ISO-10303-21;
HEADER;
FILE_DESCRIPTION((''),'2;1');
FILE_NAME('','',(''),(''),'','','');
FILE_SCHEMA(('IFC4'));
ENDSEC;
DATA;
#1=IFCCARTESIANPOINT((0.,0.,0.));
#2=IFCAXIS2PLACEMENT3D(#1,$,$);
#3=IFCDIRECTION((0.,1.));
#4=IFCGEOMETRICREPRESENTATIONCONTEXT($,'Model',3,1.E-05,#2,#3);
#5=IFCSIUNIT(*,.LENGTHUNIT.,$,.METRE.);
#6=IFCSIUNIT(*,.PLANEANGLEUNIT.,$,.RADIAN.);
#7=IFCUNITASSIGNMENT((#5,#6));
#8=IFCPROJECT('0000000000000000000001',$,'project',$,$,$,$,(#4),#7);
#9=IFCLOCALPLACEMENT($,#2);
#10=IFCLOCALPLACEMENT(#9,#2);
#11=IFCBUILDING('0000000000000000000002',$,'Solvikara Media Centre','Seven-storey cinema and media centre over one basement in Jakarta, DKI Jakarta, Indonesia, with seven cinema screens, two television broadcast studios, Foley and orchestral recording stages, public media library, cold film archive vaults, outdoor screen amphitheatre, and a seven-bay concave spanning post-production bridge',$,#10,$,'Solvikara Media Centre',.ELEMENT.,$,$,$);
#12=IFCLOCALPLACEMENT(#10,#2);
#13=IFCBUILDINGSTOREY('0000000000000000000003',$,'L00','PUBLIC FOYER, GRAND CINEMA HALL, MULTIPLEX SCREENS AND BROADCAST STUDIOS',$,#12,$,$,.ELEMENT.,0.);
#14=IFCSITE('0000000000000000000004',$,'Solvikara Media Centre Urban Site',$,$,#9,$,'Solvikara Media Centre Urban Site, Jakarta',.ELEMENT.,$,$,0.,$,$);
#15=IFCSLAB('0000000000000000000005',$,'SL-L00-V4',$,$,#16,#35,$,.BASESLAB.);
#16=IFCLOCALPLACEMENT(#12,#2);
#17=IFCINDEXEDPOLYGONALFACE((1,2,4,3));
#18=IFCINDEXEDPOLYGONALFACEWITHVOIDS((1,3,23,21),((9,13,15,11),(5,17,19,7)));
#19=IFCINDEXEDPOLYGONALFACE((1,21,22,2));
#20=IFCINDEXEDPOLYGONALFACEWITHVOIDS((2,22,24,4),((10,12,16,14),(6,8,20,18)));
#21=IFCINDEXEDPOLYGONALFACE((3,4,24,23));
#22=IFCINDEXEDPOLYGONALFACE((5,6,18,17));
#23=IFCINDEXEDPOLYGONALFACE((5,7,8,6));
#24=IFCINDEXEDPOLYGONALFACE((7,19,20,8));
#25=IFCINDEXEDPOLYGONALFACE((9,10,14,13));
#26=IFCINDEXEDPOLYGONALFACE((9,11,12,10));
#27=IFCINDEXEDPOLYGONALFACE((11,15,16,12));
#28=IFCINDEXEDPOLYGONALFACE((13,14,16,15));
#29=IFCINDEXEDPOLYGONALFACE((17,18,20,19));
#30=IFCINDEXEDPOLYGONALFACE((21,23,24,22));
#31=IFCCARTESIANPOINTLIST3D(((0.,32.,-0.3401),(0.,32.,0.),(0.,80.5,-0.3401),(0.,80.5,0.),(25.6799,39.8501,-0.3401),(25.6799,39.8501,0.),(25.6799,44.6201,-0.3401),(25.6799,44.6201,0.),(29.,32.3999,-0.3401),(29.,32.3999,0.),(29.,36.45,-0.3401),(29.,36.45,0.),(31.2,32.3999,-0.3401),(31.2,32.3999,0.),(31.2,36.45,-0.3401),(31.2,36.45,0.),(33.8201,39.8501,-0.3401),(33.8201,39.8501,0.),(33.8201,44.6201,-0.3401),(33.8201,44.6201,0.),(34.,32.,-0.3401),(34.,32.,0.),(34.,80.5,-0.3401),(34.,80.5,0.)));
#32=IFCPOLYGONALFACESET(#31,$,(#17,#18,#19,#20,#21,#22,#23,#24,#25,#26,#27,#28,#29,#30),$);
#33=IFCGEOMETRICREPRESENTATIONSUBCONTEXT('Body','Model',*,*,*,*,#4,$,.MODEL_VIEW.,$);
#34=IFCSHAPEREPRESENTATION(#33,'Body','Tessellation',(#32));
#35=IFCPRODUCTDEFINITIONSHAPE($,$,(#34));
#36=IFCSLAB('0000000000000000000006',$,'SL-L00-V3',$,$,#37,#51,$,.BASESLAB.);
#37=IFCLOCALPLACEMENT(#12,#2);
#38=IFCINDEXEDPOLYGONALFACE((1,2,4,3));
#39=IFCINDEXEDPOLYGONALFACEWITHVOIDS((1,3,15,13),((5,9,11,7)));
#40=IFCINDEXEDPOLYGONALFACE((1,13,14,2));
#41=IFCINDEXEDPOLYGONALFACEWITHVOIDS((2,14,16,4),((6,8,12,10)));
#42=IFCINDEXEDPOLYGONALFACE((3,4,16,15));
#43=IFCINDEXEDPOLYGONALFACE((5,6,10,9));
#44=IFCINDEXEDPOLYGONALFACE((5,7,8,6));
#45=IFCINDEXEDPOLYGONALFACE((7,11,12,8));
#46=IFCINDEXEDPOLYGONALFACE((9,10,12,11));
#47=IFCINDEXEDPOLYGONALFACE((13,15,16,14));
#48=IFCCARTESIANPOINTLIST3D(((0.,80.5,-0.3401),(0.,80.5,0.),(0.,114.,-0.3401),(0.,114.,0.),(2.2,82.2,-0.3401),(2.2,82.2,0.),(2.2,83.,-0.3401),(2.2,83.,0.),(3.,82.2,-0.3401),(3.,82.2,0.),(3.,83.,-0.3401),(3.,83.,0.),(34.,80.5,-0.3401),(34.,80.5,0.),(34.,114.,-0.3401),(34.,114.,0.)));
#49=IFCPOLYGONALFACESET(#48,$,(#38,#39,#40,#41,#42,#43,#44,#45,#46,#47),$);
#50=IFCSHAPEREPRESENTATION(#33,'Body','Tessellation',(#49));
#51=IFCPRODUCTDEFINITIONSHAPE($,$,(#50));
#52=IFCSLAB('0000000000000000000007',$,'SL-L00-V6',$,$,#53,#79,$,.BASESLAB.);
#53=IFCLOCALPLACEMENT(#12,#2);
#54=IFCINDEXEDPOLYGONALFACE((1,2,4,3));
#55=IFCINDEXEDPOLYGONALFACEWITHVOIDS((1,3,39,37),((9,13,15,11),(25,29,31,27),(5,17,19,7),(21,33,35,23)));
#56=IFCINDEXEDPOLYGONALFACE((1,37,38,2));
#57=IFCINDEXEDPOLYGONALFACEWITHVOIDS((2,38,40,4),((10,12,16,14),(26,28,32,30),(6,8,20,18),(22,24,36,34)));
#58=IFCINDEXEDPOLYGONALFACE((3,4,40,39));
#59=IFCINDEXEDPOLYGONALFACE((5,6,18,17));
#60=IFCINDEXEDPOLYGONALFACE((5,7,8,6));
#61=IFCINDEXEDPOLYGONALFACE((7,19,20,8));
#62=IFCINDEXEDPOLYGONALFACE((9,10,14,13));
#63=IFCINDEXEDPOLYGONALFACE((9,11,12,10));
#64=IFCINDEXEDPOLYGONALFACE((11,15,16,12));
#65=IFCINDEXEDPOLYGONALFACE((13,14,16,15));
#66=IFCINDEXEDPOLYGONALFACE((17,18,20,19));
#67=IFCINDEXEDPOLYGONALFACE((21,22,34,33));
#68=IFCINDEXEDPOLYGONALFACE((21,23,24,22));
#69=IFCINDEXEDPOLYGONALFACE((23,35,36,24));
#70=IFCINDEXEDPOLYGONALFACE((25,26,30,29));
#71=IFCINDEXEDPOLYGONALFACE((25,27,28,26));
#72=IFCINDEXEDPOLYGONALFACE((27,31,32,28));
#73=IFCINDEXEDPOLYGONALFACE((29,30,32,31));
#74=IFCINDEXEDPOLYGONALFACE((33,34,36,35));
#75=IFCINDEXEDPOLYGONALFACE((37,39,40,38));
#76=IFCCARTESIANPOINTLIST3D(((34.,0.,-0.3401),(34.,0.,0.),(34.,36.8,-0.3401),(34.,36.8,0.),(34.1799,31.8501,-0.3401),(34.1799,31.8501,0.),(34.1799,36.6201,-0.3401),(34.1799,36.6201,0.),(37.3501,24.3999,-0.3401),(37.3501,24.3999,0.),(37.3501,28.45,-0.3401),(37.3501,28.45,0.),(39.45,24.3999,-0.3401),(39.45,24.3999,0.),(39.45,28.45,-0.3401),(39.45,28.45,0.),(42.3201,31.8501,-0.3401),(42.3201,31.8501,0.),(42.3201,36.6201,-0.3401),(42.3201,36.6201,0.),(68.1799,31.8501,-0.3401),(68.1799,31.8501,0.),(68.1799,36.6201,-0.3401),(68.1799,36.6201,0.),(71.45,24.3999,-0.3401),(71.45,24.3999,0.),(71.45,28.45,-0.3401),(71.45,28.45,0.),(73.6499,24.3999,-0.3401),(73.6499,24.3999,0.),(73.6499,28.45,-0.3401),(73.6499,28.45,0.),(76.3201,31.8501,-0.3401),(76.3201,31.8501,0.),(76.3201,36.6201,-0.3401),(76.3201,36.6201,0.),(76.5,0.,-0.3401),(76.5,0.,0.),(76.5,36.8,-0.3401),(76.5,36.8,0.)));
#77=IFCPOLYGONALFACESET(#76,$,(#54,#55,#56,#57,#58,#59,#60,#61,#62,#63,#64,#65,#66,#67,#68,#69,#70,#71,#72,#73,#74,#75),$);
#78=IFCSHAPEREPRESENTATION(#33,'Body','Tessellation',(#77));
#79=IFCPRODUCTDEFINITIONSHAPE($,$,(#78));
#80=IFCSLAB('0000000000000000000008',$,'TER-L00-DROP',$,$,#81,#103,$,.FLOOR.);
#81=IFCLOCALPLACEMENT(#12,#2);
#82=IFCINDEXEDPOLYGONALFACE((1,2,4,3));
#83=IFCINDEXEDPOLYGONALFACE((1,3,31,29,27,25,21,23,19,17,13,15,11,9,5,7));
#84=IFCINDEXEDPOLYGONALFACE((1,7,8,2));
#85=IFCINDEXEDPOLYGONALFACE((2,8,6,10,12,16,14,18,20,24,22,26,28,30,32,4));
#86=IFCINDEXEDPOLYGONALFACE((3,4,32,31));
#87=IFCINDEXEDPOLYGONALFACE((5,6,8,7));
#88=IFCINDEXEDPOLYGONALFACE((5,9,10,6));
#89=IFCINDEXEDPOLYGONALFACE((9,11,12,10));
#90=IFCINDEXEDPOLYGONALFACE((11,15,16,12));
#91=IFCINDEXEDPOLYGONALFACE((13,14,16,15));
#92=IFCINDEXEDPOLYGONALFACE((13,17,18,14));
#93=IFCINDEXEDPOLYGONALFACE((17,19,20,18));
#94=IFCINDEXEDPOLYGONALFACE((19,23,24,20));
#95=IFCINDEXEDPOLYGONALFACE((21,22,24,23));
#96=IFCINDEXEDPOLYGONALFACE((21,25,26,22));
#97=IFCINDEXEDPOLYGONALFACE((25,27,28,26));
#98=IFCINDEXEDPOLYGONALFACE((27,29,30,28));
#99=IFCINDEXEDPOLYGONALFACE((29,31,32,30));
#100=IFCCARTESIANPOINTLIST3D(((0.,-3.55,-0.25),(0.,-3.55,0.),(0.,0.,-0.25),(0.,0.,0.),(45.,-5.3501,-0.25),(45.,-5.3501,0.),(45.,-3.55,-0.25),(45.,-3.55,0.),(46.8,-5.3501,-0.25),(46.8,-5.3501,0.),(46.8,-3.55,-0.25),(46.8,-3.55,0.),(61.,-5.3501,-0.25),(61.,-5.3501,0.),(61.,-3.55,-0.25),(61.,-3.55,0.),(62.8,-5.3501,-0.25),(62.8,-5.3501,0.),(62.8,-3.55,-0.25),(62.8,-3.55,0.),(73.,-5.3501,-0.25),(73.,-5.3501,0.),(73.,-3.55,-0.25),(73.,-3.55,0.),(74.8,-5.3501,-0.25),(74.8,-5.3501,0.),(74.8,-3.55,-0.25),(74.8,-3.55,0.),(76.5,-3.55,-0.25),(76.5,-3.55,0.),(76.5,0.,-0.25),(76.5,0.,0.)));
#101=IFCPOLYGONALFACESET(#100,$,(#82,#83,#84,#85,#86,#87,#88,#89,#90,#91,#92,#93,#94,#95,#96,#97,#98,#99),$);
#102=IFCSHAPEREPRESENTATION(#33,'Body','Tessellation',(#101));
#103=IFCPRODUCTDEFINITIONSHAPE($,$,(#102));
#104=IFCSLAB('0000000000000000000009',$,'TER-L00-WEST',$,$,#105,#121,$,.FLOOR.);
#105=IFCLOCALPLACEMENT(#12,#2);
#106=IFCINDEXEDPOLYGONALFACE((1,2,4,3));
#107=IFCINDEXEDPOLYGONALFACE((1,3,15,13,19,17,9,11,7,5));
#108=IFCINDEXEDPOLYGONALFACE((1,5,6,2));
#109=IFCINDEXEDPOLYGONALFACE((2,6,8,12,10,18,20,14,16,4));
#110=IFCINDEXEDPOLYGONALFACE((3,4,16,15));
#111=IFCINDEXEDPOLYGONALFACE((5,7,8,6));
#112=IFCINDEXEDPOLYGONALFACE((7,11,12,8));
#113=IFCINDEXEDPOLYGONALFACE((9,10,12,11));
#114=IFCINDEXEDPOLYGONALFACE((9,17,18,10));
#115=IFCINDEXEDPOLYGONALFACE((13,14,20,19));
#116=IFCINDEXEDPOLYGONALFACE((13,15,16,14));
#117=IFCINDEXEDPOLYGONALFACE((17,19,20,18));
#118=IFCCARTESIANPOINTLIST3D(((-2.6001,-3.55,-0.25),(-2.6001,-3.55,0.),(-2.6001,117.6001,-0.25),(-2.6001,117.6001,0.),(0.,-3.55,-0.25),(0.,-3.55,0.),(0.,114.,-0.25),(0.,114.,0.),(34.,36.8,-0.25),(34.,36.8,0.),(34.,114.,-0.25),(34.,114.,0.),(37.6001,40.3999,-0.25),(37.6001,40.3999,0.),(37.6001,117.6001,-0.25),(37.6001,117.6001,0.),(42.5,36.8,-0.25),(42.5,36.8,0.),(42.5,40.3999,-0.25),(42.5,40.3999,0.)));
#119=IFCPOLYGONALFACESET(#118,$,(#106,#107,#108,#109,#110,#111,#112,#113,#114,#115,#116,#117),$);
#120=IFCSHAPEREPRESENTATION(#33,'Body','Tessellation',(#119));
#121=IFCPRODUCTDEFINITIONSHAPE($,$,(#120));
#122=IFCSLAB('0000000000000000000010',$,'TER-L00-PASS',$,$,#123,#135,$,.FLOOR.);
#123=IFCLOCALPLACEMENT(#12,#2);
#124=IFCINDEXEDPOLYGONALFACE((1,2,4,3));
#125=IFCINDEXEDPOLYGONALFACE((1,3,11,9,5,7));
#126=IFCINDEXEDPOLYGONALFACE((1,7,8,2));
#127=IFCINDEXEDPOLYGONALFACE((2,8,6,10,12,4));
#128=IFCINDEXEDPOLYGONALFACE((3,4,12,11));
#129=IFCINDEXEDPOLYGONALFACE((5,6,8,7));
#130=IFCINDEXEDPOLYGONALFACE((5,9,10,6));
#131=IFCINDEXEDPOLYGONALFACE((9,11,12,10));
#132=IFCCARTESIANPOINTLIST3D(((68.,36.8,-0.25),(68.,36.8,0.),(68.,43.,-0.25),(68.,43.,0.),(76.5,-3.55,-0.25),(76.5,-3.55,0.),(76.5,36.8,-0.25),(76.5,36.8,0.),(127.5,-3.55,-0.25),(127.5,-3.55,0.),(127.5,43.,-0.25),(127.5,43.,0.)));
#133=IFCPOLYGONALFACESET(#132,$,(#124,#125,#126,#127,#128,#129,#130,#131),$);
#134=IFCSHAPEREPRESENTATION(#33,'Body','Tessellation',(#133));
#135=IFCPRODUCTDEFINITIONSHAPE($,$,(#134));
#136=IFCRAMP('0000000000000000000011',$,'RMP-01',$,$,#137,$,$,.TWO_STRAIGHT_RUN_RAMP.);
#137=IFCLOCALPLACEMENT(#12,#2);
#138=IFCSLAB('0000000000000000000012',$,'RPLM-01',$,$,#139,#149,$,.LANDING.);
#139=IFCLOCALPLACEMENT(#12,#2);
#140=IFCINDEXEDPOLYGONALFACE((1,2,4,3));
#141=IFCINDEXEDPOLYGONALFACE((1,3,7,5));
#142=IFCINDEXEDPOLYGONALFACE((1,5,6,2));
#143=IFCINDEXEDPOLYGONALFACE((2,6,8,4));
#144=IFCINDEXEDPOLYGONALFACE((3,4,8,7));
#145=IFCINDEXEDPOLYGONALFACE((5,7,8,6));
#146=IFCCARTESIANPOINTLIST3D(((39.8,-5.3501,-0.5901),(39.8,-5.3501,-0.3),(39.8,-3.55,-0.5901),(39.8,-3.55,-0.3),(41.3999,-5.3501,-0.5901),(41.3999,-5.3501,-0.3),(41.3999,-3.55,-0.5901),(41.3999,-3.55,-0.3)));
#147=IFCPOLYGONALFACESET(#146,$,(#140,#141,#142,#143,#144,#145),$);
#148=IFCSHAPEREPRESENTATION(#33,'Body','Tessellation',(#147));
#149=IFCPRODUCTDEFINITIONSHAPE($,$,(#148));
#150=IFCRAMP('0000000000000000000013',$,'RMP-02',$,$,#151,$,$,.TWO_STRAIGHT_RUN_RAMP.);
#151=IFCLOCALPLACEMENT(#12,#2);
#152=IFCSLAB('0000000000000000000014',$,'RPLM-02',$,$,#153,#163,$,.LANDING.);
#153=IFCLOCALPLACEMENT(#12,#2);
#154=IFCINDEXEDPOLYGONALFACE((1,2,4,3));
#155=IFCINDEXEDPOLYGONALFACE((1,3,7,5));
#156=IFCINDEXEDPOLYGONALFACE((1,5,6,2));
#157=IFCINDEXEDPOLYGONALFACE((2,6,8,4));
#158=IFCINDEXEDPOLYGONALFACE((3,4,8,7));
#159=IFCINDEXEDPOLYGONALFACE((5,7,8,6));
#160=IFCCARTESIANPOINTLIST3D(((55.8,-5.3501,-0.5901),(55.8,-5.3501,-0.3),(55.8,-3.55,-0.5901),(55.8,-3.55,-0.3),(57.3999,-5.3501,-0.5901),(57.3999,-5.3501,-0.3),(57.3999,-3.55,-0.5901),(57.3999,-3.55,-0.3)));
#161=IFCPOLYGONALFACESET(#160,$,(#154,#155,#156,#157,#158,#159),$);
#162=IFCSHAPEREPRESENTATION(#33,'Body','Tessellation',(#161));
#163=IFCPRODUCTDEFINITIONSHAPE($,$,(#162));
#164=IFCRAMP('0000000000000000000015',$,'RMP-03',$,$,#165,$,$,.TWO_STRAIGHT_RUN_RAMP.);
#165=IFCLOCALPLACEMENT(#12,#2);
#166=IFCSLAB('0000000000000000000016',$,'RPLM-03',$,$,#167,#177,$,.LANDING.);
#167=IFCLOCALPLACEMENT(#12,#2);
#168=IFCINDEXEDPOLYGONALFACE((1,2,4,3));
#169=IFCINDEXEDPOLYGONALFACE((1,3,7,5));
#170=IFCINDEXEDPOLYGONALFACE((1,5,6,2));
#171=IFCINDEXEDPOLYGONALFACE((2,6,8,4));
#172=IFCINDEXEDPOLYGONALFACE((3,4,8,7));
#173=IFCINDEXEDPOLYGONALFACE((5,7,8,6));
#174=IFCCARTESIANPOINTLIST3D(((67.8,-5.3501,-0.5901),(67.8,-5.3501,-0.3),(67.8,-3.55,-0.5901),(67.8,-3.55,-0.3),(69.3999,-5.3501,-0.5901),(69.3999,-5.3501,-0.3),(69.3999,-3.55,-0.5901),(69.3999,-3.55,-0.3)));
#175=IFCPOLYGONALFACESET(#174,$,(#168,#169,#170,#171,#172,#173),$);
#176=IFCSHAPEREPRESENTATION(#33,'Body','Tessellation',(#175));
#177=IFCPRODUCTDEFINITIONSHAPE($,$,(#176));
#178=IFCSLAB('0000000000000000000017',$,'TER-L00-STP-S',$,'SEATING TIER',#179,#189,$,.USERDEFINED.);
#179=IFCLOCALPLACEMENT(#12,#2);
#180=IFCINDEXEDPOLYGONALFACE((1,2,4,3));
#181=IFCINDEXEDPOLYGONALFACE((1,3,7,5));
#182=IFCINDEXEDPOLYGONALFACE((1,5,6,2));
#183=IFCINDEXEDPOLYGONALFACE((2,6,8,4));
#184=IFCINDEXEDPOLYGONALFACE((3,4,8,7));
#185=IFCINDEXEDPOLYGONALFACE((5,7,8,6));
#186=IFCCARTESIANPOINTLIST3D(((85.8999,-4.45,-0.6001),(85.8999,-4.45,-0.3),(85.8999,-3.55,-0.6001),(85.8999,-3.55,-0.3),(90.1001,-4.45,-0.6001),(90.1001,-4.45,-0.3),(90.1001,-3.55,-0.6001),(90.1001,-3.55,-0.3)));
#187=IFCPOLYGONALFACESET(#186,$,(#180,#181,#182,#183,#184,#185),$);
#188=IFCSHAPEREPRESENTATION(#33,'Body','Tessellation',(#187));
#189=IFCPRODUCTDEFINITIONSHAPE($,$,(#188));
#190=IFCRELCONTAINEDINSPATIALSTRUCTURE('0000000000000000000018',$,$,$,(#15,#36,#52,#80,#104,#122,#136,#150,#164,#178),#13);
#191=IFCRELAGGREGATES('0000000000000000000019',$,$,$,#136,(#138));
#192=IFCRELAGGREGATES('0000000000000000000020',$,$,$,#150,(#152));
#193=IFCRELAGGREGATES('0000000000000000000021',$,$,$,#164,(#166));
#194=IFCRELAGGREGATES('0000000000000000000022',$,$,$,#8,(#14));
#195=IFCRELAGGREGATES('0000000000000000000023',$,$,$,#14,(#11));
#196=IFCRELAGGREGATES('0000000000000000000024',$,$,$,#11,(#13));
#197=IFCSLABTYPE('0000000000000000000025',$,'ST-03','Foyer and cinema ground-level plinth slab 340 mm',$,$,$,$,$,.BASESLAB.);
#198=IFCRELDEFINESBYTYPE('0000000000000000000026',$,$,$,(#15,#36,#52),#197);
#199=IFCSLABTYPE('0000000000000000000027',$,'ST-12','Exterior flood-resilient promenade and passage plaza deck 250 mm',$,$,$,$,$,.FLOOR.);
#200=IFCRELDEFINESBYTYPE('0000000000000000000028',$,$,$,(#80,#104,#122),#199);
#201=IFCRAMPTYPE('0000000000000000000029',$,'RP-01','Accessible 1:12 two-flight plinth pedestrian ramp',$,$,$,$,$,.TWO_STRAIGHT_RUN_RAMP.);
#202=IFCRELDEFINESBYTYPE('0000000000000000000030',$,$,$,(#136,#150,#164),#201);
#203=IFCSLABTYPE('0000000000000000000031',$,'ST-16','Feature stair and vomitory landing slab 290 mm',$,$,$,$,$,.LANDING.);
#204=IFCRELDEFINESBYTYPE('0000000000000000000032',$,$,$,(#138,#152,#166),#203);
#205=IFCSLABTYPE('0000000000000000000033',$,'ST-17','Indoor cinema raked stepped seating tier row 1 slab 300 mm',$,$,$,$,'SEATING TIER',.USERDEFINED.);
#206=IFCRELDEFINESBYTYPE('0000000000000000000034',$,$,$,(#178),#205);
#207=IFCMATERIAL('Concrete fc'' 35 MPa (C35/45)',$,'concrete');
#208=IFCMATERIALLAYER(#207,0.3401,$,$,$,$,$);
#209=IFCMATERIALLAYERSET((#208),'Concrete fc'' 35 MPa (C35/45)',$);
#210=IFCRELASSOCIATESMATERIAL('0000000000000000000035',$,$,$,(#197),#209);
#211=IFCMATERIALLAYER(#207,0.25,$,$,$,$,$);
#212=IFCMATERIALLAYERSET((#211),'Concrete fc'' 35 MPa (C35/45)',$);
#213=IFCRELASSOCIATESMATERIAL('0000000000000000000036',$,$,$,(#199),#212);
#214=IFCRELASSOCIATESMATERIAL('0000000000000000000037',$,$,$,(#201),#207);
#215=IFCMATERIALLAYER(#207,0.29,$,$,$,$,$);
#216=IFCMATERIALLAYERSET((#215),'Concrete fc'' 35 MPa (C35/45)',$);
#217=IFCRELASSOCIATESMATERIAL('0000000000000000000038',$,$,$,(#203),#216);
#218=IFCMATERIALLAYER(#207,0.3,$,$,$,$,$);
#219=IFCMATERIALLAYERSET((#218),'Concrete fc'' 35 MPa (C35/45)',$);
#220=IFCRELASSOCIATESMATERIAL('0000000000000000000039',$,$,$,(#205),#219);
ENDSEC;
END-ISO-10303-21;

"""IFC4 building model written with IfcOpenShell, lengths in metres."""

from ifc_helpers import new_model, si_unit, direction, frame, origin, place, context, subcontext, project, spatial, polyline, outline, extrude, material, layer, layer_set, type_object, element, aggregate, save


model = new_model("IFC4")

# Units and contexts
model_context = context("Model", 3, precision=1e-05, world=origin(), true_north=direction((0.0, 1.0)))
body_context = subcontext(model_context, "Body", "Model", "MODEL_VIEW")
ifc_project = project(units=[si_unit("LENGTHUNIT", "METRE"), si_unit("PLANEANGLEUNIT", "RADIAN")], contexts=[model_context])

# Site, building, storey
site_placement = place(None, origin())
site = spatial("IfcSite", under=ifc_project, at=site_placement, Name="Solvikara Media Centre Urban Site", LongName="Solvikara Media Centre Urban Site, Jakarta", CompositionType="ELEMENT", RefElevation=0.0)
building_placement = place(site_placement, origin())
building = spatial("IfcBuilding", under=site, at=building_placement, Name="Solvikara Media Centre", Description="Seven-storey cinema and media centre over one basement in Jakarta, DKI Jakarta, Indonesia, with seven cinema screens, two television broadcast studios, Foley and orchestral recording stages, public media library, cold film archive vaults, outdoor screen amphitheatre, and a seven-bay concave spanning post-production bridge", LongName="Solvikara Media Centre", CompositionType="ELEMENT")
storey_placement = place(building_placement, origin())
storey = spatial("IfcBuildingStorey", under=building, at=storey_placement, Name="L00", Description="PUBLIC FOYER, GRAND CINEMA HALL, MULTIPLEX SCREENS AND BROADCAST STUDIOS", CompositionType="ELEMENT", Elevation=0.0)

# Shared definitions
ifc_material_1 = material(Name="Concrete fc' 35 MPa (C35/45)", Category="concrete")

# Slabs
ifc_layer_1 = layer(ifc_material_1, 0.3401)
ifc_layer_set_1 = layer_set([ifc_layer_1], Name="Concrete fc' 35 MPa (C35/45)")
slab_type_1 = type_object("IfcSlabType", Name="ST-03", Description="Foyer and cinema ground-level plinth slab 340 mm", PredefinedType="BASESLAB", material=ifc_layer_set_1)
slab_1_placement = place(storey_placement, frame((0.0, 0.0, -0.3401)))
element("IfcSlab", 1, at=slab_1_placement, inside=storey, type_object=slab_type_1, Name="SL-L00-V4", PredefinedType="BASESLAB", context=body_context, shape_type="SweptSolid", body=[
    extrude(outline(polyline([(0.0, 32.0), (34.0, 32.0), (34.0, 80.5), (0.0, 80.5), (0.0, 32.0)]), holes=[polyline([(25.6799, 39.8501), (33.8201, 39.8501), (33.8201, 44.6201), (25.6799, 44.6201), (25.6799, 39.8501)]), polyline([(29.0, 32.3999), (31.2, 32.3999), (31.2, 36.45), (29.0, 36.45), (29.0, 32.3999)])]), origin(), (0.0, 0.0, 1.0), 0.3401),
])
slab_2_placement = place(storey_placement, frame((0.0, 0.0, -0.3401)))
element("IfcSlab", 2, at=slab_2_placement, inside=storey, type_object=slab_type_1, Name="SL-L00-V3", PredefinedType="BASESLAB", context=body_context, shape_type="SweptSolid", body=[
    extrude(outline(polyline([(0.0, 80.5), (34.0, 80.5), (34.0, 114.0), (0.0, 114.0), (0.0, 80.5)]), holes=[polyline([(2.2, 82.2), (3.0, 82.2), (3.0, 83.0), (2.2, 83.0), (2.2, 82.2)])]), origin(), (0.0, 0.0, 1.0), 0.3401),
])
slab_3_placement = place(storey_placement, frame((0.0, 0.0, -0.3401)))
element("IfcSlab", 3, at=slab_3_placement, inside=storey, type_object=slab_type_1, Name="SL-L00-V6", PredefinedType="BASESLAB", context=body_context, shape_type="SweptSolid", body=[
    extrude(outline(polyline([(34.0, 0.0), (76.5, 0.0), (76.5, 36.8), (34.0, 36.8), (34.0, 0.0)]), holes=[polyline([(34.1799, 31.8501), (42.3201, 31.8501), (42.3201, 36.6201), (34.1799, 36.6201), (34.1799, 31.8501)]), polyline([(37.3501, 24.3999), (39.45, 24.3999), (39.45, 28.45), (37.3501, 28.45), (37.3501, 24.3999)]), polyline([(68.1799, 31.8501), (76.3201, 31.8501), (76.3201, 36.6201), (68.1799, 36.6201), (68.1799, 31.8501)]), polyline([(71.45, 24.3999), (73.6499, 24.3999), (73.6499, 28.45), (71.45, 28.45), (71.45, 24.3999)])]), origin(), (0.0, 0.0, 1.0), 0.3401),
])
ifc_layer_2 = layer(ifc_material_1, 0.25)
ifc_layer_set_2 = layer_set([ifc_layer_2], Name="Concrete fc' 35 MPa (C35/45)")
slab_type_2 = type_object("IfcSlabType", Name="ST-12", Description="Exterior flood-resilient promenade and passage plaza deck 250 mm", PredefinedType="FLOOR", material=ifc_layer_set_2)
slab_4_placement = place(storey_placement, frame((0.0, 0.0, -0.25)))
element("IfcSlab", 4, at=slab_4_placement, inside=storey, type_object=slab_type_2, Name="TER-L00-DROP", PredefinedType="FLOOR", context=body_context, shape_type="SweptSolid", body=[
    extrude(outline(polyline([(0.0, -3.55), (45.0, -3.55), (45.0, -5.3501), (46.8, -5.3501), (46.8, -3.55), (61.0, -3.55), (61.0, -5.3501), (62.8, -5.3501), (62.8, -3.55), (73.0, -3.55), (73.0, -5.3501), (74.8, -5.3501), (74.8, -3.55), (76.5, -3.55), (76.5, 0.0), (0.0, 0.0), (0.0, -3.55)])), origin(), (0.0, 0.0, 1.0), 0.25),
])
slab_5_placement = place(storey_placement, frame((0.0, 0.0, -0.25)))
element("IfcSlab", 5, at=slab_5_placement, inside=storey, type_object=slab_type_2, Name="TER-L00-WEST", PredefinedType="FLOOR", context=body_context, shape_type="SweptSolid", body=[
    extrude(outline(polyline([(-2.6001, -3.55), (0.0, -3.55), (0.0, 114.0), (34.0, 114.0), (34.0, 36.8), (42.5, 36.8), (42.5, 40.3999), (37.6001, 40.3999), (37.6001, 117.6001), (-2.6001, 117.6001), (-2.6001, -3.55)])), origin(), (0.0, 0.0, 1.0), 0.25),
])
slab_6_placement = place(storey_placement, frame((0.0, 0.0, -0.25)))
element("IfcSlab", 6, at=slab_6_placement, inside=storey, type_object=slab_type_2, Name="TER-L00-PASS", PredefinedType="FLOOR", context=body_context, shape_type="SweptSolid", body=[
    extrude(outline(polyline([(76.5, -3.55), (127.5, -3.55), (127.5, 43.0), (68.0, 43.0), (68.0, 36.8), (76.5, 36.8), (76.5, -3.55)])), origin(), (0.0, 0.0, 1.0), 0.25),
])

# Ramps, slabs
ramp_type = type_object("IfcRampType", Name="RP-01", Description="Accessible 1:12 two-flight plinth pedestrian ramp", PredefinedType="TWO_STRAIGHT_RUN_RAMP", material=ifc_material_1)
ramp_1_placement = place(storey_placement, origin())
ramp_1 = element("IfcRamp", 7, at=ramp_1_placement, inside=storey, type_object=ramp_type, Name="RMP-01", PredefinedType="TWO_STRAIGHT_RUN_RAMP")
ifc_layer_3 = layer(ifc_material_1, 0.29)
ifc_layer_set_3 = layer_set([ifc_layer_3], Name="Concrete fc' 35 MPa (C35/45)")
slab_type_3 = type_object("IfcSlabType", Name="ST-16", Description="Feature stair and vomitory landing slab 290 mm", PredefinedType="LANDING", material=ifc_layer_set_3)
slab_7_placement = place(storey_placement, frame((0.0, 0.0, -0.5901)))
slab_7 = element("IfcSlab", 8, at=slab_7_placement, type_object=slab_type_3, Name="RPLM-01", PredefinedType="LANDING", context=body_context, shape_type="SweptSolid", body=[
    extrude(outline(polyline([(39.8, -5.3501), (41.3999, -5.3501), (41.3999, -3.55), (39.8, -3.55), (39.8, -5.3501)])), origin(), (0.0, 0.0, 1.0), 0.29),
])
aggregate(ramp_1, [slab_7])
ramp_2_placement = place(storey_placement, origin())
ramp_2 = element("IfcRamp", 9, at=ramp_2_placement, inside=storey, type_object=ramp_type, Name="RMP-02", PredefinedType="TWO_STRAIGHT_RUN_RAMP")
slab_8_placement = place(storey_placement, frame((0.0, 0.0, -0.5901)))
slab_8 = element("IfcSlab", 10, at=slab_8_placement, type_object=slab_type_3, Name="RPLM-02", PredefinedType="LANDING", context=body_context, shape_type="SweptSolid", body=[
    extrude(outline(polyline([(55.8, -5.3501), (57.3999, -5.3501), (57.3999, -3.55), (55.8, -3.55), (55.8, -5.3501)])), origin(), (0.0, 0.0, 1.0), 0.29),
])
aggregate(ramp_2, [slab_8])
ramp_3_placement = place(storey_placement, origin())
ramp_3 = element("IfcRamp", 11, at=ramp_3_placement, inside=storey, type_object=ramp_type, Name="RMP-03", PredefinedType="TWO_STRAIGHT_RUN_RAMP")
slab_9_placement = place(storey_placement, frame((0.0, 0.0, -0.5901)))
slab_9 = element("IfcSlab", 12, at=slab_9_placement, type_object=slab_type_3, Name="RPLM-03", PredefinedType="LANDING", context=body_context, shape_type="SweptSolid", body=[
    extrude(outline(polyline([(67.8, -5.3501), (69.3999, -5.3501), (69.3999, -3.55), (67.8, -3.55), (67.8, -5.3501)])), origin(), (0.0, 0.0, 1.0), 0.29),
])
aggregate(ramp_3, [slab_9])

# Slab
ifc_layer_4 = layer(ifc_material_1, 0.3)
ifc_layer_set_4 = layer_set([ifc_layer_4], Name="Concrete fc' 35 MPa (C35/45)")
slab_type_4 = type_object("IfcSlabType", Name="ST-17", Description="Indoor cinema raked stepped seating tier row 1 slab 300 mm", ElementType="SEATING TIER", PredefinedType="USERDEFINED", material=ifc_layer_set_4)
slab_10_placement = place(storey_placement, frame((0.0, 0.0, -0.6001)))
element("IfcSlab", 13, at=slab_10_placement, inside=storey, type_object=slab_type_4, Name="TER-L00-STP-S", ObjectType="SEATING TIER", PredefinedType="USERDEFINED", context=body_context, shape_type="SweptSolid", body=[
    extrude(outline(polyline([(85.8999, -4.45), (90.1001, -4.45), (90.1001, -3.55), (85.8999, -3.55), (85.8999, -4.45)])), origin(), (0.0, 0.0, 1.0), 0.3),
])

save(model, "model.ifc")
